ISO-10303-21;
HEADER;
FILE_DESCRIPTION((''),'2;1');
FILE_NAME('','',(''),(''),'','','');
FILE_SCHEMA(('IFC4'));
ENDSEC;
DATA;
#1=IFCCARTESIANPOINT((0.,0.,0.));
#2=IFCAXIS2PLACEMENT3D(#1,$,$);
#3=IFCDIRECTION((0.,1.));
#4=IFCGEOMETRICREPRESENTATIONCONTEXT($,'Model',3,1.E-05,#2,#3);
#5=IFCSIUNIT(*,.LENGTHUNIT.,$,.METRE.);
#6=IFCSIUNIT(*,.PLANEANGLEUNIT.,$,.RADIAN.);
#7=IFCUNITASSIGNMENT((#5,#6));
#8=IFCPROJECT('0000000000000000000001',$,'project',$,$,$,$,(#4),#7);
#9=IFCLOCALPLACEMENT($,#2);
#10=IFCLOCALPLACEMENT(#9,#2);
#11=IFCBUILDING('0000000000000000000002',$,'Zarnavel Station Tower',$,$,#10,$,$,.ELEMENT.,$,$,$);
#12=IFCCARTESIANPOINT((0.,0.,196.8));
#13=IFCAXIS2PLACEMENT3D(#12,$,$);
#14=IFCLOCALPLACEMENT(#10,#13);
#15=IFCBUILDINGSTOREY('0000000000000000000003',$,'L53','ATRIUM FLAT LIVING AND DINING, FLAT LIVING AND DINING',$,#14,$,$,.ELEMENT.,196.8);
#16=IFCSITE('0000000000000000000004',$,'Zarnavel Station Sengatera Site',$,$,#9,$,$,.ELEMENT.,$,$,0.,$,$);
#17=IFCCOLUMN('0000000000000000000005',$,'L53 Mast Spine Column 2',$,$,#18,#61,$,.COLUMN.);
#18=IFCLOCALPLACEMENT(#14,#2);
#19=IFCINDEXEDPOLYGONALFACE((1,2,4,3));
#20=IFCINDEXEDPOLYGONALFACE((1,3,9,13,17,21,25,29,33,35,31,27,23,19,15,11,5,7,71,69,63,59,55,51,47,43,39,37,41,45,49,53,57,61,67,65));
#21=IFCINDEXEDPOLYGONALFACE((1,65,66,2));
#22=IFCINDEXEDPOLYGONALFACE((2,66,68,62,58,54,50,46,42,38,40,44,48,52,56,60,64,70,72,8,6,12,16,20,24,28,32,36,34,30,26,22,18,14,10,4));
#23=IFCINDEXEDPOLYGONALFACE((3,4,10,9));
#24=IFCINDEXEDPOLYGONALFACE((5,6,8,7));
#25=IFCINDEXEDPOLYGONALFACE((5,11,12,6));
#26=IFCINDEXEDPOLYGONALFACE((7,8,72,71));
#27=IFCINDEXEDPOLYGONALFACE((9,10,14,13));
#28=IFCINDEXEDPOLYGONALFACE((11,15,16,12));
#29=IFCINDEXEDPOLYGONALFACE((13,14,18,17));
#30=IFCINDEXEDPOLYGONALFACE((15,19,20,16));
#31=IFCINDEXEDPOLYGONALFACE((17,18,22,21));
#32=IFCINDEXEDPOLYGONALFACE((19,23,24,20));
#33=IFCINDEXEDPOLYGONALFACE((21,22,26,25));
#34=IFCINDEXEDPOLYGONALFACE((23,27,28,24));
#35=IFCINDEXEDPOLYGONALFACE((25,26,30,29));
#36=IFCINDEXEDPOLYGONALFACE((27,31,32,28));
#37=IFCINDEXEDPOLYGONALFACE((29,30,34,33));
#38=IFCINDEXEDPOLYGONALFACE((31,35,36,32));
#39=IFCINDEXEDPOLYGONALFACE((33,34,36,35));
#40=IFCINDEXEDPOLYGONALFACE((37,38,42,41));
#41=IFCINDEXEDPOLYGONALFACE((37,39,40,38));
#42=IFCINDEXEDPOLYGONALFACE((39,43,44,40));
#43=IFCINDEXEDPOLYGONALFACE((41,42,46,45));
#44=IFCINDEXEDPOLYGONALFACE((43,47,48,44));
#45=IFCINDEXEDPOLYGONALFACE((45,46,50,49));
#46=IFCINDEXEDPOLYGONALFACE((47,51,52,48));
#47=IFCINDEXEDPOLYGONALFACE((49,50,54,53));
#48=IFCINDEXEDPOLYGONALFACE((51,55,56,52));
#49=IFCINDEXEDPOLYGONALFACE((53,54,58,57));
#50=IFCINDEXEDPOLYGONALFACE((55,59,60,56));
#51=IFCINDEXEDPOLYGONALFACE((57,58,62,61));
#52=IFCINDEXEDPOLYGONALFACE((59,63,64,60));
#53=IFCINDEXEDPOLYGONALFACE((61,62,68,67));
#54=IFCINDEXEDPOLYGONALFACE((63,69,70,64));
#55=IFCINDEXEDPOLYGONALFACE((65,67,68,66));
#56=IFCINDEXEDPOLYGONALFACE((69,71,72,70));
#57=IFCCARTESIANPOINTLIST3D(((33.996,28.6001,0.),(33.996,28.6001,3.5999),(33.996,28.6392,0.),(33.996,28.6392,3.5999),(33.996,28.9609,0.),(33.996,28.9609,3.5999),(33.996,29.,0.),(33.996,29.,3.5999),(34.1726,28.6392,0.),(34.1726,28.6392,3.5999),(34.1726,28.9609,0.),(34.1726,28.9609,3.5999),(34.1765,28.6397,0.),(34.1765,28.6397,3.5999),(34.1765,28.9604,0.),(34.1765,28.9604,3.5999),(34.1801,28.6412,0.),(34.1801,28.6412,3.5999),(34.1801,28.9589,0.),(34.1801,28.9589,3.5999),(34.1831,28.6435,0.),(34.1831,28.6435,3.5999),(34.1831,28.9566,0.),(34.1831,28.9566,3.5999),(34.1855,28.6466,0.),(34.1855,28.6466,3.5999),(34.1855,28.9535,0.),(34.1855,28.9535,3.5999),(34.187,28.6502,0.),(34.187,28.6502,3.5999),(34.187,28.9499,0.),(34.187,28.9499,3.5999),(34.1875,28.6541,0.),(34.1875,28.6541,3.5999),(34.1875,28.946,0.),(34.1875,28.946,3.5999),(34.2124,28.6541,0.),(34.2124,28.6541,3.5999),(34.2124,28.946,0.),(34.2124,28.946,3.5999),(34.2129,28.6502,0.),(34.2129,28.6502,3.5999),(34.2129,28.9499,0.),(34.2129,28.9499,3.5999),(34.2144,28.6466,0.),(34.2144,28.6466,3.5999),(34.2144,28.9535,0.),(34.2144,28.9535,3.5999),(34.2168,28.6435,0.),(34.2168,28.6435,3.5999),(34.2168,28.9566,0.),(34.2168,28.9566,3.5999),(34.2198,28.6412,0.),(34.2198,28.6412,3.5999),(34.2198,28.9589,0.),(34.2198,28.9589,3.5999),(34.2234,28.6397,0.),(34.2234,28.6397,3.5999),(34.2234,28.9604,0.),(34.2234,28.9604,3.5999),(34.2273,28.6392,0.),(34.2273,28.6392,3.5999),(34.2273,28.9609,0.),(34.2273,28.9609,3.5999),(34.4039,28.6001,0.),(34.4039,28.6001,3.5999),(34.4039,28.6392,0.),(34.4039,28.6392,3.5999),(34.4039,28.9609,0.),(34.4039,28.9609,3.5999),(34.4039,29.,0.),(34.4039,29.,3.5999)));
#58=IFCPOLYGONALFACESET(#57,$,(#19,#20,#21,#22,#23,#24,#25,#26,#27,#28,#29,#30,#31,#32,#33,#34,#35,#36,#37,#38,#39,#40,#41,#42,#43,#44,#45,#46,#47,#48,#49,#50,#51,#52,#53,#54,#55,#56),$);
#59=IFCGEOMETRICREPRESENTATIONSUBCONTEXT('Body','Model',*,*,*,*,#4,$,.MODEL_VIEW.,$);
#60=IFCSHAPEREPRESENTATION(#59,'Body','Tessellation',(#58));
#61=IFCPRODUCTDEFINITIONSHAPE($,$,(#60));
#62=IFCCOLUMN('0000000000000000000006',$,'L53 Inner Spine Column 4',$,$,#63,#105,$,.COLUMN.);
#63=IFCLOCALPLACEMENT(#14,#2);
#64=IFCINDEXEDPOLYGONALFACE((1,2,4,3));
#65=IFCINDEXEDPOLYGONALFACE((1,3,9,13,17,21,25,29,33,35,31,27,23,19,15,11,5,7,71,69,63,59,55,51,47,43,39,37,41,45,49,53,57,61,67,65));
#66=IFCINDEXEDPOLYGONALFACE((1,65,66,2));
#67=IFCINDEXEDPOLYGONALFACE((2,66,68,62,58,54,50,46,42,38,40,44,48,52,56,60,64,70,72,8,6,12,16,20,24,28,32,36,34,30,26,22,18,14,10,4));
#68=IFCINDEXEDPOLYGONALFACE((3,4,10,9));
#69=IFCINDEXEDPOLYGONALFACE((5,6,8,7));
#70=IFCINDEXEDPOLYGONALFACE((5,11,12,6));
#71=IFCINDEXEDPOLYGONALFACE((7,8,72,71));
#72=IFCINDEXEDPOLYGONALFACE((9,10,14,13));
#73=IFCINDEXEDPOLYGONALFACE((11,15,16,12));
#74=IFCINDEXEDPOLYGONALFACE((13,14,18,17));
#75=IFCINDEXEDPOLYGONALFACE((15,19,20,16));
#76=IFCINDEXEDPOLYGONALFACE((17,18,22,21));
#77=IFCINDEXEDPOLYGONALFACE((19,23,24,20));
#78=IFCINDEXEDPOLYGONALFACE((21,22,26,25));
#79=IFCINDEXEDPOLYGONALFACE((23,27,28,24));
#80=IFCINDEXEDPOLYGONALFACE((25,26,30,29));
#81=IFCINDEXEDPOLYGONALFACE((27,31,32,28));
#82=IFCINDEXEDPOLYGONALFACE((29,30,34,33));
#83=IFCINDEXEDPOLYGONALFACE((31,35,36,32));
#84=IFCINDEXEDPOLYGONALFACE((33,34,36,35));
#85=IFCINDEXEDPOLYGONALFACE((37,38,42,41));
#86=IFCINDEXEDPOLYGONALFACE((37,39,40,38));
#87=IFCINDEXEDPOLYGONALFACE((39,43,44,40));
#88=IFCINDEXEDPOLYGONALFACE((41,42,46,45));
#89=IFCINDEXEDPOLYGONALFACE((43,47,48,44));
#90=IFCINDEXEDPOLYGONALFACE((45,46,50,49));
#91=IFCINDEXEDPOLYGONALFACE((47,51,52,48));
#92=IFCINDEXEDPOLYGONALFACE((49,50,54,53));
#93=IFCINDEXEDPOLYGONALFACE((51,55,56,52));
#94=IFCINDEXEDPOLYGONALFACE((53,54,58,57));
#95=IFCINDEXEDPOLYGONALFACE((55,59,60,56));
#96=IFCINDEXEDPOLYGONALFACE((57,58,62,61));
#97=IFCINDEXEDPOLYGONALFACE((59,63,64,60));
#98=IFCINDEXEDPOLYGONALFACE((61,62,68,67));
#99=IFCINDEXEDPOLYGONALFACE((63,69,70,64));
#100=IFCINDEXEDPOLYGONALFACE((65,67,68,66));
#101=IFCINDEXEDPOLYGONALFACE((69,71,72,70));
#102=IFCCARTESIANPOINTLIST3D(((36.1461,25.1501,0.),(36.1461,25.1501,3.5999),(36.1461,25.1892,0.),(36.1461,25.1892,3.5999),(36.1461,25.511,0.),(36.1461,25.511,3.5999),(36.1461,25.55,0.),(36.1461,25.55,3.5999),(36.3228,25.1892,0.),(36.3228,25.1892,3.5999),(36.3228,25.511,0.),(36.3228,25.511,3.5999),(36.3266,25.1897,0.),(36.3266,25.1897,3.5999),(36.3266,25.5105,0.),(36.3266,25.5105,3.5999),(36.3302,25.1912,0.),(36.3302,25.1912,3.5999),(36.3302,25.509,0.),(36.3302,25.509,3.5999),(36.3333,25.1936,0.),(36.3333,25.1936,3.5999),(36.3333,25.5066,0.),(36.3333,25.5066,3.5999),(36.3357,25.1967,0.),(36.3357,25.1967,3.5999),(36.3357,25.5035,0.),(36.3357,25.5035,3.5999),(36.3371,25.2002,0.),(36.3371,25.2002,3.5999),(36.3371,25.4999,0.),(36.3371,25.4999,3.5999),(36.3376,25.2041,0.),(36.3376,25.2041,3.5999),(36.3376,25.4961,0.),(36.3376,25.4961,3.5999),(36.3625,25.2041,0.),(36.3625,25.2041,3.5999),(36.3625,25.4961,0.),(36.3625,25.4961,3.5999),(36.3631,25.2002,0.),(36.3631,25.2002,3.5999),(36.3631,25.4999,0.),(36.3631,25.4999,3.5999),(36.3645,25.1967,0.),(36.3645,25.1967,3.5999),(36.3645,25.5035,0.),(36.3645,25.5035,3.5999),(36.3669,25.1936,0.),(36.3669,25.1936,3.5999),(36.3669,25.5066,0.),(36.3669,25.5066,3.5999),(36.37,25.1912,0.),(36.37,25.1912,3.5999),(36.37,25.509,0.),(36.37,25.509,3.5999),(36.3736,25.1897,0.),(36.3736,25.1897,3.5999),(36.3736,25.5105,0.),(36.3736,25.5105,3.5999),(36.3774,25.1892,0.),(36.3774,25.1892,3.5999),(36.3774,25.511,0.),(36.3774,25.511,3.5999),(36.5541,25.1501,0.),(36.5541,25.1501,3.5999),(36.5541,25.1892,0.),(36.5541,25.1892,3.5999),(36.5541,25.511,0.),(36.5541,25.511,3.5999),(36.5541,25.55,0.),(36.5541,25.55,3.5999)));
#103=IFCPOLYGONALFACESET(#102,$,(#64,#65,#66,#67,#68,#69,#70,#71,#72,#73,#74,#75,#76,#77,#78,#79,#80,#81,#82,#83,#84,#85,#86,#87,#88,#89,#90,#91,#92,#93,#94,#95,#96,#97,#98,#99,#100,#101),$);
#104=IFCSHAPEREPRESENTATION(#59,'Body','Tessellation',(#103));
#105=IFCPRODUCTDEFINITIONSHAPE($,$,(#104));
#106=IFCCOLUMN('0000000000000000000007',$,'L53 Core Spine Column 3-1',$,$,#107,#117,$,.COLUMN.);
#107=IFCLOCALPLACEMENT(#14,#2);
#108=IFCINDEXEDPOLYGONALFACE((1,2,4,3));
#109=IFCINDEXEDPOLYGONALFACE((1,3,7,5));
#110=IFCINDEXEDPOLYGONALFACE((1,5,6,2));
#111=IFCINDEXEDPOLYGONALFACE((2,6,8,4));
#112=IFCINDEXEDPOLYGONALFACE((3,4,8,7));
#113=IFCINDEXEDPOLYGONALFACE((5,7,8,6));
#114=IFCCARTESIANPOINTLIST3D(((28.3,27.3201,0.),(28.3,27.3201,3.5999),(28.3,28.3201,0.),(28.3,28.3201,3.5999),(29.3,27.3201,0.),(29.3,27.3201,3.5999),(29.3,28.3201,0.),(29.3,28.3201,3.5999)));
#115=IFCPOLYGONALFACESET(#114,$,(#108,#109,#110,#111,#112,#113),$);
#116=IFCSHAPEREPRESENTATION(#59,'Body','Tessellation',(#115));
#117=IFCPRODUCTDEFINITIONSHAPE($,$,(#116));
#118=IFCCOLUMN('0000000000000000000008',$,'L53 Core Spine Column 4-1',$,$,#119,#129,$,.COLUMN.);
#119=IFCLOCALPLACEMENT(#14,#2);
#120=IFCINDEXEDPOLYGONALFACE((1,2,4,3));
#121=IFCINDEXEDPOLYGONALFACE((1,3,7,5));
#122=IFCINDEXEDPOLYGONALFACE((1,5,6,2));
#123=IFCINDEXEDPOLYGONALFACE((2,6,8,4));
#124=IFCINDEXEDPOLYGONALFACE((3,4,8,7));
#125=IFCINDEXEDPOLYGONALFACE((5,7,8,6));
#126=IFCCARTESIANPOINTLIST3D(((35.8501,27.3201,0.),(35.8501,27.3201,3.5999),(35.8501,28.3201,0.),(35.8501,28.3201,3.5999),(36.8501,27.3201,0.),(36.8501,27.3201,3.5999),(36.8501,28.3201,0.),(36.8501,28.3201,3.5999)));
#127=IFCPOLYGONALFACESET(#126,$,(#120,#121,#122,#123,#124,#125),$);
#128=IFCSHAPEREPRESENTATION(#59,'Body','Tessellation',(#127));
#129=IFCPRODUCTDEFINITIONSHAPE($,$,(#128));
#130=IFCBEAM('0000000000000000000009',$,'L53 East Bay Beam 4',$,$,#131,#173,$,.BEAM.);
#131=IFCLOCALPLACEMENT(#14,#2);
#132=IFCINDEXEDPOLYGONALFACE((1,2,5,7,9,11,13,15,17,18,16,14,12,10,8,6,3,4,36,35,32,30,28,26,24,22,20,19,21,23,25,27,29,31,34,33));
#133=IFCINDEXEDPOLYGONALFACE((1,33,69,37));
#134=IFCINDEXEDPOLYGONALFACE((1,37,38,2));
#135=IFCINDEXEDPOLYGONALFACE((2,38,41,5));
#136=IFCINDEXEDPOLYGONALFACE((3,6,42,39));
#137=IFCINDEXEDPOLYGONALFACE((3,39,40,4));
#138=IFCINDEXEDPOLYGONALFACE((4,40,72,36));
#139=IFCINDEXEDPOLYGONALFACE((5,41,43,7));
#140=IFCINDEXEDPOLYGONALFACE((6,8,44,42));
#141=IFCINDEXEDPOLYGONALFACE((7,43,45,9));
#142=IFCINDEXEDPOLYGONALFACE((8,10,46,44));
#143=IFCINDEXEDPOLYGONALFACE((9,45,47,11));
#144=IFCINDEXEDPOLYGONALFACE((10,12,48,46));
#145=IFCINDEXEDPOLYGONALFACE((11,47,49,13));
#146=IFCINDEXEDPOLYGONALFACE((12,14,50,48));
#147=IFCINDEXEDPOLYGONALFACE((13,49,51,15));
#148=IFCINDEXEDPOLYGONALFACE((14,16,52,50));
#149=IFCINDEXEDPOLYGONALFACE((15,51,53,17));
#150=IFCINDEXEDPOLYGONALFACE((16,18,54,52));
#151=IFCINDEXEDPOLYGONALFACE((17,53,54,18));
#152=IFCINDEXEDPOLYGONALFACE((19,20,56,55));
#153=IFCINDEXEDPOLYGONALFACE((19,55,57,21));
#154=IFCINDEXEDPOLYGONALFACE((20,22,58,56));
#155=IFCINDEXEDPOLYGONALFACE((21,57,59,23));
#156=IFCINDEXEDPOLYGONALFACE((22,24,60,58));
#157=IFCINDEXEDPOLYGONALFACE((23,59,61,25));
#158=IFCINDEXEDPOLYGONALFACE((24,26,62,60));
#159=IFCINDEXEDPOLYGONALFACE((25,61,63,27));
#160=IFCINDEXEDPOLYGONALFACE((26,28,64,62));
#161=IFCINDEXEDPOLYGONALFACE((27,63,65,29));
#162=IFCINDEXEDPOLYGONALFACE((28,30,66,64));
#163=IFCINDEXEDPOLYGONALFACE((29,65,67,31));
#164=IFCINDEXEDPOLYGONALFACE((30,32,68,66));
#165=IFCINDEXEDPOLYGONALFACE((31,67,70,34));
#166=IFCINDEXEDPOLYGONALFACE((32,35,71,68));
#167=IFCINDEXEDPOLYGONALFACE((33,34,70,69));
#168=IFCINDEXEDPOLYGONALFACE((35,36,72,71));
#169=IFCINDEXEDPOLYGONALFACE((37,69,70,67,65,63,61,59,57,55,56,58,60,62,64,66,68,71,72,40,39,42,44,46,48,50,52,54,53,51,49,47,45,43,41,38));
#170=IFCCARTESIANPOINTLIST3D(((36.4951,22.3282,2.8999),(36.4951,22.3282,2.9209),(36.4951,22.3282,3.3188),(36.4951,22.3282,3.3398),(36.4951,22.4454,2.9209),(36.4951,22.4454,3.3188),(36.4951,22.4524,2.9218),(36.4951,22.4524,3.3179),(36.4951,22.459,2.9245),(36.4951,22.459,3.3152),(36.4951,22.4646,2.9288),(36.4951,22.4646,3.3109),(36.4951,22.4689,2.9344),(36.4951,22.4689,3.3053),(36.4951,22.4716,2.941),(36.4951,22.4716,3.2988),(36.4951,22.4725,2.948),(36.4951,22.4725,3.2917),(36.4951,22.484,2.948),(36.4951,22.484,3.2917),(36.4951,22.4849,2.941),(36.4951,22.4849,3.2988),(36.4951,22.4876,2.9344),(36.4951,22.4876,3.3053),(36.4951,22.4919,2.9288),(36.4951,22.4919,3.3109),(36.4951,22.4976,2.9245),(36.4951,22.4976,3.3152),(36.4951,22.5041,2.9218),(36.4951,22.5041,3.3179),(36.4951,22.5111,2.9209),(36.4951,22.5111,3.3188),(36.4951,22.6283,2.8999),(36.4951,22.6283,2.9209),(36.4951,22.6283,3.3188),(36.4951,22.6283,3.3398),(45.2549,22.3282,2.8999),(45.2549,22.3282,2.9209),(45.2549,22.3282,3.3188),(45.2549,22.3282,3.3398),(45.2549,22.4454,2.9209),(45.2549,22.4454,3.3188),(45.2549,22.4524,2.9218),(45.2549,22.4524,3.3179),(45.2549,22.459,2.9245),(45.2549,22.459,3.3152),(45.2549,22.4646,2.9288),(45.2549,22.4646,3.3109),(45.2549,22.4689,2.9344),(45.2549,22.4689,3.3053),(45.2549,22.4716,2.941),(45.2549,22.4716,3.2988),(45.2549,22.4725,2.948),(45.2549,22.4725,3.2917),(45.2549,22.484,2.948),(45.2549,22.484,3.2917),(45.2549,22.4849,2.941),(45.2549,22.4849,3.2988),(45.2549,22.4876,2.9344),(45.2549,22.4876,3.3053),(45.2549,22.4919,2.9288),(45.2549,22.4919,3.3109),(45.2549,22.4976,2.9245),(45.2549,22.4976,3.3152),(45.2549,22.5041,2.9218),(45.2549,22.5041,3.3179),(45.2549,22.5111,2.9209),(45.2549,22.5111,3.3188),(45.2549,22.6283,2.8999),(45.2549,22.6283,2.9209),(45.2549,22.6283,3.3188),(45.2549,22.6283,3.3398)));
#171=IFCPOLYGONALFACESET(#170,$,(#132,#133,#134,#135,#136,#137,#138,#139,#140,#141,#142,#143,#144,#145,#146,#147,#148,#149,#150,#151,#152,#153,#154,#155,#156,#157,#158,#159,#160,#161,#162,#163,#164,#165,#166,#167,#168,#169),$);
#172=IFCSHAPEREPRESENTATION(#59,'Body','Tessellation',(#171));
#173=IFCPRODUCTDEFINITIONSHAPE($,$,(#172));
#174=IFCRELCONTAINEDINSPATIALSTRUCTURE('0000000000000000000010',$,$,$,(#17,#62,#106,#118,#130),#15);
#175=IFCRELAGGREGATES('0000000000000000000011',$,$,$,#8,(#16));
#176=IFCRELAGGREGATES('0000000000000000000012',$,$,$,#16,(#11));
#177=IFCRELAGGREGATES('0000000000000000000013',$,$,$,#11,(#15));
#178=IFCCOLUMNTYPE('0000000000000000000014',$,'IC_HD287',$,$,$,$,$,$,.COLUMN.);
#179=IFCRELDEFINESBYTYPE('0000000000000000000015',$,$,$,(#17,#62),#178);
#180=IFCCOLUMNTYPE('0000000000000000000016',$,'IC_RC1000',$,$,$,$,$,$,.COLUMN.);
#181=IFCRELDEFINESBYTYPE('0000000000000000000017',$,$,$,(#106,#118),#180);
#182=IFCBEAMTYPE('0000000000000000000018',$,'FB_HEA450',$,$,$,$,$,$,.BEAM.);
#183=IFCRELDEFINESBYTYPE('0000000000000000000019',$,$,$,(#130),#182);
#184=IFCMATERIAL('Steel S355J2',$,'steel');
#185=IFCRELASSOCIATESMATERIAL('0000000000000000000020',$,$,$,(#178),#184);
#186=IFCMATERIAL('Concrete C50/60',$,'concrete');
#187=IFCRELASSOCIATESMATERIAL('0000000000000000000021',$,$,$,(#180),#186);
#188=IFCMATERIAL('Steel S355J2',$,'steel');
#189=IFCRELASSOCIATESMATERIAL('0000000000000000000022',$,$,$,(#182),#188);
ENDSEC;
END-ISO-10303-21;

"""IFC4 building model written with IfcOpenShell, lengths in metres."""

from ifc_helpers import new_model, si_unit, direction, frame, origin, origin_2d, place, context, subcontext, project, spatial, rectangle, i_section, extrude, material, material_profile, profile_set, type_object, element, save


model = new_model("IFC4")

# Units and contexts
model_context = context("Model", 3, precision=1e-05, world=origin(), true_north=direction((0.0, 1.0)))
body_context = subcontext(model_context, "Body", "Model", "MODEL_VIEW")
ifc_project = project(units=[si_unit("LENGTHUNIT", "METRE"), si_unit("PLANEANGLEUNIT", "RADIAN")], contexts=[model_context])

# Site, building, storey
site_placement = place(None, origin())
site = spatial("IfcSite", under=ifc_project, at=site_placement, Name="Zarnavel Station Sengatera Site", CompositionType="ELEMENT", RefElevation=0.0)
building_placement = place(site_placement, origin())
building = spatial("IfcBuilding", under=site, at=building_placement, Name="Zarnavel Station Tower", CompositionType="ELEMENT")
storey_placement = place(building_placement, frame((0.0, 0.0, 196.8)))
storey = spatial("IfcBuildingStorey", under=building, at=storey_placement, Name="L53", Description="ATRIUM FLAT LIVING AND DINING, FLAT LIVING AND DINING", CompositionType="ELEMENT", Elevation=196.8)

# Columns
ifc_material_1 = material(Name="Steel S355J2", Category="steel")
ifc_material_profile_1 = material_profile(ifc_material_1, i_section(OverallWidth=0.408, OverallDepth=0.3999, WebThickness=0.0249, FlangeThickness=0.0391, FilletRadius=0.0149, at=origin_2d()), Name="HD400x287")
ifc_profile_set_1 = profile_set([ifc_material_profile_1], Name="Steel S355J2")
column_type_1 = type_object("IfcColumnType", Name="IC_HD287", PredefinedType="COLUMN", material=ifc_profile_set_1)
for number, where, z_axis, x_axis, name in (
    (1, (34.2, 28.8, 0.0), (0.0, 0.0, 1.0), (1.0, 0.0, 0.0), "L53 Mast Spine Column 2"),
    (2, (36.3501, 25.3501, 0.0), (0.0, 0.0, 1.0), (1.0, 0.0, 0.0), "L53 Inner Spine Column 4"),
):
    element("IfcColumn", number, at=place(storey_placement, frame(where, z_axis=z_axis, x_axis=x_axis)), inside=storey, type_object=column_type_1, Name=name, PredefinedType="COLUMN", context=body_context, shape_type="SweptSolid", body=[
        extrude(i_section(OverallWidth=0.408, OverallDepth=0.3999, WebThickness=0.0249, FlangeThickness=0.0391, FilletRadius=0.0149, at=origin_2d()), origin(), (0.0, 0.0, 1.0), 3.5999),
    ])
ifc_material_2 = material(Name="Concrete C50/60", Category="concrete")
ifc_material_profile_2 = material_profile(ifc_material_2, rectangle(XDim=1.0, YDim=1.0, at=origin_2d()), Name="RC1000x1000")
ifc_profile_set_2 = profile_set([ifc_material_profile_2], Name="Concrete C50/60")
column_type_2 = type_object("IfcColumnType", Name="IC_RC1000", PredefinedType="COLUMN", material=ifc_profile_set_2)
for number, where, z_axis, x_axis, name in (
    (3, (28.8, 27.8201, 0.0), (0.0, 0.0, 1.0), (1.0, 0.0, 0.0), "L53 Core Spine Column 3-1"),
    (4, (36.3501, 27.8201, 0.0), (0.0, 0.0, 1.0), (1.0, 0.0, 0.0), "L53 Core Spine Column 4-1"),
):
    element("IfcColumn", number, at=place(storey_placement, frame(where, z_axis=z_axis, x_axis=x_axis)), inside=storey, type_object=column_type_2, Name=name, PredefinedType="COLUMN", context=body_context, shape_type="SweptSolid", body=[
        extrude(rectangle(XDim=1.0, YDim=1.0, at=origin_2d()), origin(), (0.0, 0.0, 1.0), 3.5999),
    ])

# Beam
ifc_material_3 = material(Name="Steel S355J2", Category="steel")
ifc_material_profile_3 = material_profile(ifc_material_3, i_section(OverallWidth=0.3, OverallDepth=0.4399, WebThickness=0.0115, FlangeThickness=0.021, FilletRadius=0.0271, at=origin_2d()), Name="HEA450")
ifc_profile_set_3 = profile_set([ifc_material_profile_3], Name="Steel S355J2")
beam_type_1 = type_object("IfcBeamType", Name="FB_HEA450", PredefinedType="BEAM", material=ifc_profile_set_3)
beam_1_placement = place(storey_placement, frame((36.4951, 22.4783, 3.1199), z_axis=(1.0, 0.0, 0.0), x_axis=(0.0, 1.0, 0.0)))
element("IfcBeam", 5, at=beam_1_placement, inside=storey, type_object=beam_type_1, Name="L53 East Bay Beam 4", PredefinedType="BEAM", context=body_context, shape_type="SweptSolid", body=[
    extrude(i_section(OverallWidth=0.3, OverallDepth=0.4399, WebThickness=0.0115, FlangeThickness=0.021, FilletRadius=0.0271, at=origin_2d()), origin(), (0.0, 0.0, 1.0), 8.7598),
])

save(model, "model.ifc")
